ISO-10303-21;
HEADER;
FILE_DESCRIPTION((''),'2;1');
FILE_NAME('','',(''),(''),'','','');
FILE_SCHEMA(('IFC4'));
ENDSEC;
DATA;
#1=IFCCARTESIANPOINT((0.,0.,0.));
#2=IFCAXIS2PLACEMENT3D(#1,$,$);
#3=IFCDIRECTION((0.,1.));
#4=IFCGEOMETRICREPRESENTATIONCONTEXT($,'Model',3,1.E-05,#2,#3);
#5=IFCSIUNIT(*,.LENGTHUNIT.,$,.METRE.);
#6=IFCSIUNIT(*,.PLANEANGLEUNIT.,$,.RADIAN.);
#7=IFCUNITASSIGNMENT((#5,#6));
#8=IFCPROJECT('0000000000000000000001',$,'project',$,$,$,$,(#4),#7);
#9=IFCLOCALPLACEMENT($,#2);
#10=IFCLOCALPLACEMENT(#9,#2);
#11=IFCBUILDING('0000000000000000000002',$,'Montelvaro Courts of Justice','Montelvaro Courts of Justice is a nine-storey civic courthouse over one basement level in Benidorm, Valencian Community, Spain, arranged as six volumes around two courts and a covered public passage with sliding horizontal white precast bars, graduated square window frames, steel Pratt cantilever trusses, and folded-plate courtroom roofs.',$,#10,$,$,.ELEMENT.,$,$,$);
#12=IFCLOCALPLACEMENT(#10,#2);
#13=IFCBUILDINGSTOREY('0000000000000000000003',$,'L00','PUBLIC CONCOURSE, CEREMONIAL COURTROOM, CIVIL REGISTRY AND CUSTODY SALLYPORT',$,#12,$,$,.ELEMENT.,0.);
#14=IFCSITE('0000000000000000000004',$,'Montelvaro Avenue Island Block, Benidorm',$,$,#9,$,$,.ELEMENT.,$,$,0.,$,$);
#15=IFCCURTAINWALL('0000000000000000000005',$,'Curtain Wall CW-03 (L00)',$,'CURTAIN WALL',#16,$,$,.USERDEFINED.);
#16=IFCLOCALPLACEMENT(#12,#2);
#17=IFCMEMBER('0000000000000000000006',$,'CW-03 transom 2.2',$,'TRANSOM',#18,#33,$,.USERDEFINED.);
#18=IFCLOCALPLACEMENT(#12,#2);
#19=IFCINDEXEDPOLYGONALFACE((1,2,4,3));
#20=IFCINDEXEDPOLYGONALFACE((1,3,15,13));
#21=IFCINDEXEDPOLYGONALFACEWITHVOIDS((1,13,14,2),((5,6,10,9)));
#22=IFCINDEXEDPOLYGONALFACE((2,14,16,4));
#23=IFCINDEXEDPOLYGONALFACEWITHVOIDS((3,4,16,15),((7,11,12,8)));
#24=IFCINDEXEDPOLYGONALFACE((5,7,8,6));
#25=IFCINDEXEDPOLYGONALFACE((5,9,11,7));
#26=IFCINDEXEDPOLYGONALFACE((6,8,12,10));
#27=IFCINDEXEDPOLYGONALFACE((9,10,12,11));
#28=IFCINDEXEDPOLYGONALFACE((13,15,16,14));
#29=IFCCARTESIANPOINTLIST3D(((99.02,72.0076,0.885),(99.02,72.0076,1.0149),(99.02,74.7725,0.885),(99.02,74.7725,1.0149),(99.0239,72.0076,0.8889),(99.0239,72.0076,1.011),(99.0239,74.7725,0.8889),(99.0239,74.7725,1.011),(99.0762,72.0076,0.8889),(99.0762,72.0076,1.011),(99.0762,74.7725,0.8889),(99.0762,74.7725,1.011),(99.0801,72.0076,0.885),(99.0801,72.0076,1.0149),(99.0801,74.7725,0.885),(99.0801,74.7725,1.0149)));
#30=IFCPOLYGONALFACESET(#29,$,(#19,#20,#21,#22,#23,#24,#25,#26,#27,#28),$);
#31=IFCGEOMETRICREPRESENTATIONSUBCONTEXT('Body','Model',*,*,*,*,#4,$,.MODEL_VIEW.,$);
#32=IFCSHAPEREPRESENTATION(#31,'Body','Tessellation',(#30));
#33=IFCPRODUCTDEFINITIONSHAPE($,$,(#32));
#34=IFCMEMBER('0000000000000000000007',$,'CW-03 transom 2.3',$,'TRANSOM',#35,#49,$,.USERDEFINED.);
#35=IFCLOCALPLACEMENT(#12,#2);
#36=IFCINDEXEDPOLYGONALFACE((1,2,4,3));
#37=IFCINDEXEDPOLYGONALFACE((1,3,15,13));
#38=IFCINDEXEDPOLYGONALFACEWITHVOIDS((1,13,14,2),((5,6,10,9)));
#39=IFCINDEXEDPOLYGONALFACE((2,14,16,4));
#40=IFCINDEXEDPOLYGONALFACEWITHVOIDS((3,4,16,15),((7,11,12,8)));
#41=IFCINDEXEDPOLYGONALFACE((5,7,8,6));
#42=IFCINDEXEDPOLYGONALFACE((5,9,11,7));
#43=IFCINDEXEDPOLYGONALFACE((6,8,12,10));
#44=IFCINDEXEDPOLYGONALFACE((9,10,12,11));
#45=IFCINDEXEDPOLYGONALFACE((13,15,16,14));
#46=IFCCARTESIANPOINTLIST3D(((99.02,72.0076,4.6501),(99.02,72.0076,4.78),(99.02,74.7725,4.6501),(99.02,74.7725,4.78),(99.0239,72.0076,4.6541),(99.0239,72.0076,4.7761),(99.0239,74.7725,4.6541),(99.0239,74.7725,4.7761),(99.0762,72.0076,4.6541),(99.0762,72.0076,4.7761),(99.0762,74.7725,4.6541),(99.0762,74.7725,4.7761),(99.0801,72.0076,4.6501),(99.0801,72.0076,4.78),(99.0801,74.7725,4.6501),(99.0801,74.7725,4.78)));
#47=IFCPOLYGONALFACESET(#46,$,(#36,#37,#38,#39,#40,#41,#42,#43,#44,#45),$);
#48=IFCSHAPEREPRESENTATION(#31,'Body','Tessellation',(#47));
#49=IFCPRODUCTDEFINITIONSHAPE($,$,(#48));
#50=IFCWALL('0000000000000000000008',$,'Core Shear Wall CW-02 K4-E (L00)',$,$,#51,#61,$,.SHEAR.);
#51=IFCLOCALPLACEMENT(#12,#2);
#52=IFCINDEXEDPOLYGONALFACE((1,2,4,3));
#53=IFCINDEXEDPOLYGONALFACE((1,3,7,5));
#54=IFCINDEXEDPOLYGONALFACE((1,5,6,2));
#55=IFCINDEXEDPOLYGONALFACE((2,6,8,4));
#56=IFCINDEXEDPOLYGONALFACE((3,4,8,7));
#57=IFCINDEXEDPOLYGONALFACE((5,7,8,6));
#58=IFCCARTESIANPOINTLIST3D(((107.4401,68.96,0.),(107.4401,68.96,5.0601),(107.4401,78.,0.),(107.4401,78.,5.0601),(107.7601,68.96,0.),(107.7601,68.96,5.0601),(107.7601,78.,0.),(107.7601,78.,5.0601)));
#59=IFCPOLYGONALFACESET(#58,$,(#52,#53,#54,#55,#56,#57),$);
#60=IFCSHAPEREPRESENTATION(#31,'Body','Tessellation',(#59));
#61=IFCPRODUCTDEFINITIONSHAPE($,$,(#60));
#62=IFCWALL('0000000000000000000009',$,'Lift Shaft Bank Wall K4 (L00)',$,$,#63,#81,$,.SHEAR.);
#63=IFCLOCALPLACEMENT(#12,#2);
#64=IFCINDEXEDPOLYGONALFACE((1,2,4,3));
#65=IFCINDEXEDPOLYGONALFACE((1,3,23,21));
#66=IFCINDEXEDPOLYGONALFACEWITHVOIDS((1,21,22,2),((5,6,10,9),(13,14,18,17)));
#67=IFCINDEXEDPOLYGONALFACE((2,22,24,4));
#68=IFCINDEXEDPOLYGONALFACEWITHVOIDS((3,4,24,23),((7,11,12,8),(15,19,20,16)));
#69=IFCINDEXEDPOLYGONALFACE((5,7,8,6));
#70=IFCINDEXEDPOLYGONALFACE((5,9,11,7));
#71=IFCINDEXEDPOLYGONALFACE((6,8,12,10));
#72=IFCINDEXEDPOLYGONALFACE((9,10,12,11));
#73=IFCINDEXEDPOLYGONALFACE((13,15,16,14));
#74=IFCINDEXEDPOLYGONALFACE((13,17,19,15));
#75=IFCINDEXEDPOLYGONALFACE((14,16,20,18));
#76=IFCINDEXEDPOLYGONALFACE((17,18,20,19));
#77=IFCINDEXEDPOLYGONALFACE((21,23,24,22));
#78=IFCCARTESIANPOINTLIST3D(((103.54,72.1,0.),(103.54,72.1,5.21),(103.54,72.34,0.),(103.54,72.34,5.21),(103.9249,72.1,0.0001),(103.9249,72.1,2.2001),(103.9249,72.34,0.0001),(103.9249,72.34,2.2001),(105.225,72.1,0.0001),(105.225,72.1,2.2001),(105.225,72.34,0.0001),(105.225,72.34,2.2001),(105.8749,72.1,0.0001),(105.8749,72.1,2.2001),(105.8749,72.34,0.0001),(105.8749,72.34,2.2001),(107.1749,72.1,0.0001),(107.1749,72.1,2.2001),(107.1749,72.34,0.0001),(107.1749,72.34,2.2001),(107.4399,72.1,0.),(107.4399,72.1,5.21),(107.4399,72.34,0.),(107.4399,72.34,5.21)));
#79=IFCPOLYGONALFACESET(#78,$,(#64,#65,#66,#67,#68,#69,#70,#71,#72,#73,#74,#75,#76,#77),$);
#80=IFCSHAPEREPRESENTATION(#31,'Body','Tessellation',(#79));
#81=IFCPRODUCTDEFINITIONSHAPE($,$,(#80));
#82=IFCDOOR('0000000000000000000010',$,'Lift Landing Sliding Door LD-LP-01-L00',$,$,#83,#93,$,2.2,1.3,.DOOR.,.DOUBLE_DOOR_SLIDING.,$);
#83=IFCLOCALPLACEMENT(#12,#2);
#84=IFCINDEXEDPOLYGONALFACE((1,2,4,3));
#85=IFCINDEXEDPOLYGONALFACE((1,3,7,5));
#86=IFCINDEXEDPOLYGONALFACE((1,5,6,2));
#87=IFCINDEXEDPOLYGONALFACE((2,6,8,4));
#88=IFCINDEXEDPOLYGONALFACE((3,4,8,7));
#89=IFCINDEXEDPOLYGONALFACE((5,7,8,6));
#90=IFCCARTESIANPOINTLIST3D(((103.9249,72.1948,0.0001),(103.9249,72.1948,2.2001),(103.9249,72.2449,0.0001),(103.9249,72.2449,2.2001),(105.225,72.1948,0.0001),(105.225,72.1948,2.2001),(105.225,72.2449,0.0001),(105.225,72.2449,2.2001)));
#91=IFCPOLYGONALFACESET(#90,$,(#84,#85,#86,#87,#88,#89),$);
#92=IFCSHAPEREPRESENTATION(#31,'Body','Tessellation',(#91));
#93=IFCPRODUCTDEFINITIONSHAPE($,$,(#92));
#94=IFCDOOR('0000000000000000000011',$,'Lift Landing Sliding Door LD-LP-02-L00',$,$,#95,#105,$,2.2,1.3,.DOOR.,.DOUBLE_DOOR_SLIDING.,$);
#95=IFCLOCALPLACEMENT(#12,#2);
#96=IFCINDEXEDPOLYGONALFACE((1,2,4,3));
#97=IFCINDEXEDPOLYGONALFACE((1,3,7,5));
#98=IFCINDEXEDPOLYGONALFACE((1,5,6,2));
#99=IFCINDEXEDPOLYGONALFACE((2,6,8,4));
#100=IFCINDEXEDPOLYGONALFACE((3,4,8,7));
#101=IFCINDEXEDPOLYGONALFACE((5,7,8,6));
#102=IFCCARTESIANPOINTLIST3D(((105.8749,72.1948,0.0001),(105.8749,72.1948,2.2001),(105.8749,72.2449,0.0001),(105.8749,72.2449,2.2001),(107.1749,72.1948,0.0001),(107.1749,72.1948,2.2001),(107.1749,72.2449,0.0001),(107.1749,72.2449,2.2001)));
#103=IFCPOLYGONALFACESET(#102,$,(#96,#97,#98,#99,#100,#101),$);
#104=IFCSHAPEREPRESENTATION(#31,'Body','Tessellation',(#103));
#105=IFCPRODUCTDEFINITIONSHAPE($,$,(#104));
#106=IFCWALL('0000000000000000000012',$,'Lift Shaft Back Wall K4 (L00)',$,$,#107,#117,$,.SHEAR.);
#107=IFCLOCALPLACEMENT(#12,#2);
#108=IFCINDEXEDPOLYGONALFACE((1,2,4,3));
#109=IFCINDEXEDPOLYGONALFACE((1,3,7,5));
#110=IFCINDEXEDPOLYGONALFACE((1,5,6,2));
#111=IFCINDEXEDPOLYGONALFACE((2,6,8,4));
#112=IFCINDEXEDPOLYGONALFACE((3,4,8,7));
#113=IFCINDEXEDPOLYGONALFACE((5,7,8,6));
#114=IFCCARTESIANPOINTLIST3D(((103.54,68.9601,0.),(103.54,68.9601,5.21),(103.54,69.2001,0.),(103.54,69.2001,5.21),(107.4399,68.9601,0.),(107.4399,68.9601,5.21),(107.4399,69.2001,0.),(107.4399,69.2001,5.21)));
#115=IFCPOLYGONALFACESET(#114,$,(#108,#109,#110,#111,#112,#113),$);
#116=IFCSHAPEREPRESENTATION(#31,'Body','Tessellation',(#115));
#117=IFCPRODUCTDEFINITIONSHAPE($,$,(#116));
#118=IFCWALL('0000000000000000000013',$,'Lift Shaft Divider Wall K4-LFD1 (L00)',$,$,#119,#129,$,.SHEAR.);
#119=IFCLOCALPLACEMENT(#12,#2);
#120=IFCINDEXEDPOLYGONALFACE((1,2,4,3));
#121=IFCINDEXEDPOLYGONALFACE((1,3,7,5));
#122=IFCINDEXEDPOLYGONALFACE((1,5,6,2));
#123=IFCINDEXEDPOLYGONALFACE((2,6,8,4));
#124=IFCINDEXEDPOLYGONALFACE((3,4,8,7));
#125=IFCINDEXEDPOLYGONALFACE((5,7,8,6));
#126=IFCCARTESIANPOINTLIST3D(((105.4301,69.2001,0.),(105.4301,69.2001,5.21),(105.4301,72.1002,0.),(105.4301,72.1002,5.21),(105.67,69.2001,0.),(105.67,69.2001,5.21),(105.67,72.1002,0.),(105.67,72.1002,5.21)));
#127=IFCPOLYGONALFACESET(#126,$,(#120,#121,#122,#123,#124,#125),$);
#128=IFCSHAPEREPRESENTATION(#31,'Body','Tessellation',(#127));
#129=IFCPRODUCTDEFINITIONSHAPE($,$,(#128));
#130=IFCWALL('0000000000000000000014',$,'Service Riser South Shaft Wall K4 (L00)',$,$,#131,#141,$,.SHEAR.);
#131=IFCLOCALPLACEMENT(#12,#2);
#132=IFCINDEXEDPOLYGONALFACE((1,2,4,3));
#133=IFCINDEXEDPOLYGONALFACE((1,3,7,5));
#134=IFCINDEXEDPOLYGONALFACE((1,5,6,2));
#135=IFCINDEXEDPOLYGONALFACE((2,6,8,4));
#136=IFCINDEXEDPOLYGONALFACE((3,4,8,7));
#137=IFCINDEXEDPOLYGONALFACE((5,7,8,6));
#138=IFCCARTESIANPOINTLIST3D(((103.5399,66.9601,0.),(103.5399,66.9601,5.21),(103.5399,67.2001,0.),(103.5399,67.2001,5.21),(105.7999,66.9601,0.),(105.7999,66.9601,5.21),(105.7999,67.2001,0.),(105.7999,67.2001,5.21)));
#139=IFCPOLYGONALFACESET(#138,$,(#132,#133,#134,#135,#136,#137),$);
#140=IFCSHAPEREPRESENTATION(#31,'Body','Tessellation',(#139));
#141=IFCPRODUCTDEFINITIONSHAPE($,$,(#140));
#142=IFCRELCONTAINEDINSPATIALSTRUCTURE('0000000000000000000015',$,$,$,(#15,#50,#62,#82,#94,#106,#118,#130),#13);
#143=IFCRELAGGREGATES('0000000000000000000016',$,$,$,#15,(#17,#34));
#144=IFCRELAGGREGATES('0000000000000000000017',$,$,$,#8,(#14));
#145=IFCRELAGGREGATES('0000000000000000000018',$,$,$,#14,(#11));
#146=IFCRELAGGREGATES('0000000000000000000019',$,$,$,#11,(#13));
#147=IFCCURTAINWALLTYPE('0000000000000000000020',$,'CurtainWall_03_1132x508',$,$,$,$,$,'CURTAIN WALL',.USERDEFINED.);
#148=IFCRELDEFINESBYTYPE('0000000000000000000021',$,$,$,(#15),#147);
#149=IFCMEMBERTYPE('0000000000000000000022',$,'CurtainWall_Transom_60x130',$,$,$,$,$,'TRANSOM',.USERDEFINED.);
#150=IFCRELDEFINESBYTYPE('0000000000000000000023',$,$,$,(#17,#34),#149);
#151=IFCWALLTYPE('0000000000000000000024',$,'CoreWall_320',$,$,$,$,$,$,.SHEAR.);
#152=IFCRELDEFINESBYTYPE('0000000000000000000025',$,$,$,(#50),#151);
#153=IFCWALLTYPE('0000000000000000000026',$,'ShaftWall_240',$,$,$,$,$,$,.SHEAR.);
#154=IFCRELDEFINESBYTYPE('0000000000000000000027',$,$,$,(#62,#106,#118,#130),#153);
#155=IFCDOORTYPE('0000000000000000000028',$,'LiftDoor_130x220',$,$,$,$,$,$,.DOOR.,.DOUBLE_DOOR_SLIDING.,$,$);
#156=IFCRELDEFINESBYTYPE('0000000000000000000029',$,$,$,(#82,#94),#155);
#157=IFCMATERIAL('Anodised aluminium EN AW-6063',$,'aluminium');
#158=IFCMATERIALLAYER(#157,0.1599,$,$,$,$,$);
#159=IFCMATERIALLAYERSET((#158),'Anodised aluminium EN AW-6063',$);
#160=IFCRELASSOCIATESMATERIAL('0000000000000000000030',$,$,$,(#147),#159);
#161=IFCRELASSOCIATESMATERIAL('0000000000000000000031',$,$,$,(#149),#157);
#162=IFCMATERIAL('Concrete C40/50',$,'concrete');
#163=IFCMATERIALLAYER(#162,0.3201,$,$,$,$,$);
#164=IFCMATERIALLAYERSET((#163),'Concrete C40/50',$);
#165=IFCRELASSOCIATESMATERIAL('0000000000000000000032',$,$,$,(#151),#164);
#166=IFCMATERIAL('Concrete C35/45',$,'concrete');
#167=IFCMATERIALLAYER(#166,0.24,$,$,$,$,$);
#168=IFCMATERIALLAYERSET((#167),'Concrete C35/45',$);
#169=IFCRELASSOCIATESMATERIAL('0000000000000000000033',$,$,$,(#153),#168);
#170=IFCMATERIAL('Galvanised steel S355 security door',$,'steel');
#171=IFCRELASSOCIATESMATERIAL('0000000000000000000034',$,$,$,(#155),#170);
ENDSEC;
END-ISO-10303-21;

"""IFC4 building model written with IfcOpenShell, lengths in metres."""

from ifc_helpers import new_model, si_unit, direction, frame, frame_2d, origin, origin_2d, place, context, subcontext, project, spatial, rectangle, hollow_rectangle, extrude, material, layer, layer_set, material_profile, profile_set, type_object, element, fill, aggregate, save


model = new_model("IFC4")

# Units and contexts
model_context = context("Model", 3, precision=1e-05, world=origin(), true_north=direction((0.0, 1.0)))
body_context = subcontext(model_context, "Body", "Model", "MODEL_VIEW")
ifc_project = project(units=[si_unit("LENGTHUNIT", "METRE"), si_unit("PLANEANGLEUNIT", "RADIAN")], contexts=[model_context])

# Site, building, storey
site_placement = place(None, origin())
site = spatial("IfcSite", under=ifc_project, at=site_placement, Name="Montelvaro Avenue Island Block, Benidorm", CompositionType="ELEMENT", RefElevation=0.0)
building_placement = place(site_placement, origin())
building = spatial("IfcBuilding", under=site, at=building_placement, Name="Montelvaro Courts of Justice", Description="Montelvaro Courts of Justice is a nine-storey civic courthouse over one basement level in Benidorm, Valencian Community, Spain, arranged as six volumes around two courts and a covered public passage with sliding horizontal white precast bars, graduated square window frames, steel Pratt cantilever trusses, and folded-plate courtroom roofs.", CompositionType="ELEMENT")
storey_placement = place(building_placement, origin())
storey = spatial("IfcBuildingStorey", under=building, at=storey_placement, Name="L00", Description="PUBLIC CONCOURSE, CEREMONIAL COURTROOM, CIVIL REGISTRY AND CUSTODY SALLYPORT", CompositionType="ELEMENT", Elevation=0.0)

# Curtain wall, members
ifc_material_1 = material(Name="Anodised aluminium EN AW-6063", Category="aluminium")
ifc_layer_1 = layer(ifc_material_1, 0.1599)
ifc_layer_set_1 = layer_set([ifc_layer_1], Name="Anodised aluminium EN AW-6063")
curtain_wall_type = type_object("IfcCurtainWallType", Name="CurtainWall_03_1132x508", ElementType="CURTAIN WALL", PredefinedType="USERDEFINED", material=ifc_layer_set_1)
curtain_wall_placement = place(storey_placement, origin())
curtain_wall = element("IfcCurtainWall", 1, at=curtain_wall_placement, inside=storey, type_object=curtain_wall_type, Name="Curtain Wall CW-03 (L00)", ObjectType="CURTAIN WALL", PredefinedType="USERDEFINED")
ifc_material_profile = material_profile(ifc_material_1, hollow_rectangle(XDim=0.0601, YDim=0.1299, WallThickness=0.0039, at=origin_2d()), Name="ALU-T 60x130")
ifc_profile_set = profile_set([ifc_material_profile], Name="Anodised aluminium EN AW-6063")
member_type = type_object("IfcMemberType", Name="CurtainWall_Transom_60x130", ElementType="TRANSOM", PredefinedType="USERDEFINED", material=ifc_profile_set)
member_1_placement = place(storey_placement, frame((99.05, 74.7725, 0.95), z_axis=(0.0, -1.0, 0.0), x_axis=(1.0, 0.0, 0.0)))
member_1 = element("IfcMember", 2, at=member_1_placement, type_object=member_type, Name="CW-03 transom 2.2", ObjectType="TRANSOM", PredefinedType="USERDEFINED", context=body_context, shape_type="SweptSolid", body=[
    extrude(hollow_rectangle(XDim=0.0601, YDim=0.1299, WallThickness=0.0039, at=origin_2d()), origin(), (0.0, 0.0, 1.0), 2.7649),
])
member_2_placement = place(storey_placement, frame((99.05, 74.7725, 4.7151), z_axis=(0.0, -1.0, 0.0), x_axis=(1.0, 0.0, 0.0)))
member_2 = element("IfcMember", 3, at=member_2_placement, type_object=member_type, Name="CW-03 transom 2.3", ObjectType="TRANSOM", PredefinedType="USERDEFINED", context=body_context, shape_type="SweptSolid", body=[
    extrude(hollow_rectangle(XDim=0.0601, YDim=0.1299, WallThickness=0.0039, at=origin_2d()), origin(), (0.0, 0.0, 1.0), 2.7649),
])
aggregate(curtain_wall, [member_1, member_2])

# Wall
ifc_material_2 = material(Name="Concrete C40/50", Category="concrete")
ifc_layer_2 = layer(ifc_material_2, 0.3201)
ifc_layer_set_2 = layer_set([ifc_layer_2], Name="Concrete C40/50")
wall_type_1 = type_object("IfcWallType", Name="CoreWall_320", PredefinedType="SHEAR", material=ifc_layer_set_2)
wall_1_placement = place(storey_placement, frame((107.6001, 68.96, 0.0), z_axis=(0.0, 0.0, 1.0), x_axis=(0.0, 1.0, 0.0)))
element("IfcWall", 4, at=wall_1_placement, inside=storey, type_object=wall_type_1, Name="Core Shear Wall CW-02 K4-E (L00)", PredefinedType="SHEAR", context=body_context, shape_type="SweptSolid", body=[
    extrude(rectangle(XDim=9.04, YDim=0.3201, at=frame_2d((4.52, 0.0))), origin(), (0.0, 0.0, 1.0), 5.0601),
])

# Wall, openings, doors
ifc_material_3 = material(Name="Concrete C35/45", Category="concrete")
ifc_layer_3 = layer(ifc_material_3, 0.24)
ifc_layer_set_3 = layer_set([ifc_layer_3], Name="Concrete C35/45")
wall_type_2 = type_object("IfcWallType", Name="ShaftWall_240", PredefinedType="SHEAR", material=ifc_layer_set_3)
wall_2_placement = place(storey_placement, frame((103.54, 72.22, 0.0), z_axis=(0.0, 0.0, 1.0), x_axis=(1.0, 0.0, 0.0)))
wall_2 = element("IfcWall", 5, at=wall_2_placement, inside=storey, type_object=wall_type_2, Name="Lift Shaft Bank Wall K4 (L00)", PredefinedType="SHEAR", context=body_context, shape_type="SweptSolid", body=[
    extrude(rectangle(XDim=3.8999, YDim=0.24, at=frame_2d((1.95, 0.0))), origin(), (0.0, 0.0, 1.0), 5.21),
])
opening_1_placement = place(wall_2_placement, frame((0.385, 0.0, 0.0)))
opening_1 = element("IfcOpeningElement", 6, at=opening_1_placement, cuts=wall_2, PredefinedType="OPENING", context=body_context, shape_type="SweptSolid", body=[
    extrude(rectangle(XDim=1.3, YDim=2.2, at=frame_2d((0.6499, 1.1001))), frame((0.0, 0.1348, 0.0), z_axis=(0.0, -1.0, 0.0), x_axis=(1.0, 0.0, 0.0)), (0.0, 0.0, 1.0), 0.2698),
])
opening_2_placement = place(wall_2_placement, frame((2.335, 0.0, 0.0)))
opening_2 = element("IfcOpeningElement", 7, at=opening_2_placement, cuts=wall_2, PredefinedType="OPENING", context=body_context, shape_type="SweptSolid", body=[
    extrude(rectangle(XDim=1.3, YDim=2.2, at=frame_2d((0.6499, 1.1001))), frame((0.0, 0.1348, 0.0), z_axis=(0.0, -1.0, 0.0), x_axis=(1.0, 0.0, 0.0)), (0.0, 0.0, 1.0), 0.2698),
])
ifc_material_4 = material(Name="Galvanised steel S355 security door", Category="steel")
door_type = type_object("IfcDoorType", Name="LiftDoor_130x220", OperationType="DOUBLE_DOOR_SLIDING", PredefinedType="DOOR", material=ifc_material_4)
door_1_placement = place(opening_1_placement, origin())
door_1 = element("IfcDoor", 8, at=door_1_placement, inside=storey, type_object=door_type, Name="Lift Landing Sliding Door LD-LP-01-L00", OperationType="DOUBLE_DOOR_SLIDING", OverallHeight=2.2, OverallWidth=1.3, PredefinedType="DOOR", context=body_context, shape_type="SweptSolid", body=[
    extrude(rectangle(XDim=1.3, YDim=2.2, at=frame_2d((0.6499, 1.1001))), frame((0.0, 0.0249, 0.0), z_axis=(0.0, -1.0, 0.0), x_axis=(1.0, 0.0, 0.0)), (0.0, 0.0, 1.0), 0.05),
])
fill(opening_1, door_1)
door_2_placement = place(opening_2_placement, origin())
door_2 = element("IfcDoor", 9, at=door_2_placement, inside=storey, type_object=door_type, Name="Lift Landing Sliding Door LD-LP-02-L00", OperationType="DOUBLE_DOOR_SLIDING", OverallHeight=2.2, OverallWidth=1.3, PredefinedType="DOOR", context=body_context, shape_type="SweptSolid", body=[
    extrude(rectangle(XDim=1.3, YDim=2.2, at=frame_2d((0.6499, 1.1001))), frame((0.0, 0.0249, 0.0), z_axis=(0.0, -1.0, 0.0), x_axis=(1.0, 0.0, 0.0)), (0.0, 0.0, 1.0), 0.05),
])
fill(opening_2, door_2)

# Walls
wall_3_placement = place(storey_placement, frame((103.54, 69.0801, 0.0), z_axis=(0.0, 0.0, 1.0), x_axis=(1.0, 0.0, 0.0)))
element("IfcWall", 10, at=wall_3_placement, inside=storey, type_object=wall_type_2, Name="Lift Shaft Back Wall K4 (L00)", PredefinedType="SHEAR", context=body_context, shape_type="SweptSolid", body=[
    extrude(rectangle(XDim=3.8999, YDim=0.24, at=frame_2d((1.95, 0.0))), origin(), (0.0, 0.0, 1.0), 5.21),
])
wall_4_placement = place(storey_placement, frame((105.55, 69.2, 0.0), z_axis=(0.0, 0.0, 1.0), x_axis=(0.0, 1.0, 0.0)))
element("IfcWall", 11, at=wall_4_placement, inside=storey, type_object=wall_type_2, Name="Lift Shaft Divider Wall K4-LFD1 (L00)", PredefinedType="SHEAR", context=body_context, shape_type="SweptSolid", body=[
    extrude(rectangle(XDim=2.9001, YDim=0.24, at=frame_2d((1.4502, 0.0))), origin(), (0.0, 0.0, 1.0), 5.21),
])
wall_5_placement = place(storey_placement, frame((103.54, 67.0801, 0.0), z_axis=(0.0, 0.0, 1.0), x_axis=(1.0, 0.0, 0.0)))
element("IfcWall", 12, at=wall_5_placement, inside=storey, type_object=wall_type_2, Name="Service Riser South Shaft Wall K4 (L00)", PredefinedType="SHEAR", context=body_context, shape_type="SweptSolid", body=[
    extrude(rectangle(XDim=2.26, YDim=0.24, at=frame_2d((1.1299, 0.0))), origin(), (0.0, 0.0, 1.0), 5.21),
])

save(model, "model.ifc")
